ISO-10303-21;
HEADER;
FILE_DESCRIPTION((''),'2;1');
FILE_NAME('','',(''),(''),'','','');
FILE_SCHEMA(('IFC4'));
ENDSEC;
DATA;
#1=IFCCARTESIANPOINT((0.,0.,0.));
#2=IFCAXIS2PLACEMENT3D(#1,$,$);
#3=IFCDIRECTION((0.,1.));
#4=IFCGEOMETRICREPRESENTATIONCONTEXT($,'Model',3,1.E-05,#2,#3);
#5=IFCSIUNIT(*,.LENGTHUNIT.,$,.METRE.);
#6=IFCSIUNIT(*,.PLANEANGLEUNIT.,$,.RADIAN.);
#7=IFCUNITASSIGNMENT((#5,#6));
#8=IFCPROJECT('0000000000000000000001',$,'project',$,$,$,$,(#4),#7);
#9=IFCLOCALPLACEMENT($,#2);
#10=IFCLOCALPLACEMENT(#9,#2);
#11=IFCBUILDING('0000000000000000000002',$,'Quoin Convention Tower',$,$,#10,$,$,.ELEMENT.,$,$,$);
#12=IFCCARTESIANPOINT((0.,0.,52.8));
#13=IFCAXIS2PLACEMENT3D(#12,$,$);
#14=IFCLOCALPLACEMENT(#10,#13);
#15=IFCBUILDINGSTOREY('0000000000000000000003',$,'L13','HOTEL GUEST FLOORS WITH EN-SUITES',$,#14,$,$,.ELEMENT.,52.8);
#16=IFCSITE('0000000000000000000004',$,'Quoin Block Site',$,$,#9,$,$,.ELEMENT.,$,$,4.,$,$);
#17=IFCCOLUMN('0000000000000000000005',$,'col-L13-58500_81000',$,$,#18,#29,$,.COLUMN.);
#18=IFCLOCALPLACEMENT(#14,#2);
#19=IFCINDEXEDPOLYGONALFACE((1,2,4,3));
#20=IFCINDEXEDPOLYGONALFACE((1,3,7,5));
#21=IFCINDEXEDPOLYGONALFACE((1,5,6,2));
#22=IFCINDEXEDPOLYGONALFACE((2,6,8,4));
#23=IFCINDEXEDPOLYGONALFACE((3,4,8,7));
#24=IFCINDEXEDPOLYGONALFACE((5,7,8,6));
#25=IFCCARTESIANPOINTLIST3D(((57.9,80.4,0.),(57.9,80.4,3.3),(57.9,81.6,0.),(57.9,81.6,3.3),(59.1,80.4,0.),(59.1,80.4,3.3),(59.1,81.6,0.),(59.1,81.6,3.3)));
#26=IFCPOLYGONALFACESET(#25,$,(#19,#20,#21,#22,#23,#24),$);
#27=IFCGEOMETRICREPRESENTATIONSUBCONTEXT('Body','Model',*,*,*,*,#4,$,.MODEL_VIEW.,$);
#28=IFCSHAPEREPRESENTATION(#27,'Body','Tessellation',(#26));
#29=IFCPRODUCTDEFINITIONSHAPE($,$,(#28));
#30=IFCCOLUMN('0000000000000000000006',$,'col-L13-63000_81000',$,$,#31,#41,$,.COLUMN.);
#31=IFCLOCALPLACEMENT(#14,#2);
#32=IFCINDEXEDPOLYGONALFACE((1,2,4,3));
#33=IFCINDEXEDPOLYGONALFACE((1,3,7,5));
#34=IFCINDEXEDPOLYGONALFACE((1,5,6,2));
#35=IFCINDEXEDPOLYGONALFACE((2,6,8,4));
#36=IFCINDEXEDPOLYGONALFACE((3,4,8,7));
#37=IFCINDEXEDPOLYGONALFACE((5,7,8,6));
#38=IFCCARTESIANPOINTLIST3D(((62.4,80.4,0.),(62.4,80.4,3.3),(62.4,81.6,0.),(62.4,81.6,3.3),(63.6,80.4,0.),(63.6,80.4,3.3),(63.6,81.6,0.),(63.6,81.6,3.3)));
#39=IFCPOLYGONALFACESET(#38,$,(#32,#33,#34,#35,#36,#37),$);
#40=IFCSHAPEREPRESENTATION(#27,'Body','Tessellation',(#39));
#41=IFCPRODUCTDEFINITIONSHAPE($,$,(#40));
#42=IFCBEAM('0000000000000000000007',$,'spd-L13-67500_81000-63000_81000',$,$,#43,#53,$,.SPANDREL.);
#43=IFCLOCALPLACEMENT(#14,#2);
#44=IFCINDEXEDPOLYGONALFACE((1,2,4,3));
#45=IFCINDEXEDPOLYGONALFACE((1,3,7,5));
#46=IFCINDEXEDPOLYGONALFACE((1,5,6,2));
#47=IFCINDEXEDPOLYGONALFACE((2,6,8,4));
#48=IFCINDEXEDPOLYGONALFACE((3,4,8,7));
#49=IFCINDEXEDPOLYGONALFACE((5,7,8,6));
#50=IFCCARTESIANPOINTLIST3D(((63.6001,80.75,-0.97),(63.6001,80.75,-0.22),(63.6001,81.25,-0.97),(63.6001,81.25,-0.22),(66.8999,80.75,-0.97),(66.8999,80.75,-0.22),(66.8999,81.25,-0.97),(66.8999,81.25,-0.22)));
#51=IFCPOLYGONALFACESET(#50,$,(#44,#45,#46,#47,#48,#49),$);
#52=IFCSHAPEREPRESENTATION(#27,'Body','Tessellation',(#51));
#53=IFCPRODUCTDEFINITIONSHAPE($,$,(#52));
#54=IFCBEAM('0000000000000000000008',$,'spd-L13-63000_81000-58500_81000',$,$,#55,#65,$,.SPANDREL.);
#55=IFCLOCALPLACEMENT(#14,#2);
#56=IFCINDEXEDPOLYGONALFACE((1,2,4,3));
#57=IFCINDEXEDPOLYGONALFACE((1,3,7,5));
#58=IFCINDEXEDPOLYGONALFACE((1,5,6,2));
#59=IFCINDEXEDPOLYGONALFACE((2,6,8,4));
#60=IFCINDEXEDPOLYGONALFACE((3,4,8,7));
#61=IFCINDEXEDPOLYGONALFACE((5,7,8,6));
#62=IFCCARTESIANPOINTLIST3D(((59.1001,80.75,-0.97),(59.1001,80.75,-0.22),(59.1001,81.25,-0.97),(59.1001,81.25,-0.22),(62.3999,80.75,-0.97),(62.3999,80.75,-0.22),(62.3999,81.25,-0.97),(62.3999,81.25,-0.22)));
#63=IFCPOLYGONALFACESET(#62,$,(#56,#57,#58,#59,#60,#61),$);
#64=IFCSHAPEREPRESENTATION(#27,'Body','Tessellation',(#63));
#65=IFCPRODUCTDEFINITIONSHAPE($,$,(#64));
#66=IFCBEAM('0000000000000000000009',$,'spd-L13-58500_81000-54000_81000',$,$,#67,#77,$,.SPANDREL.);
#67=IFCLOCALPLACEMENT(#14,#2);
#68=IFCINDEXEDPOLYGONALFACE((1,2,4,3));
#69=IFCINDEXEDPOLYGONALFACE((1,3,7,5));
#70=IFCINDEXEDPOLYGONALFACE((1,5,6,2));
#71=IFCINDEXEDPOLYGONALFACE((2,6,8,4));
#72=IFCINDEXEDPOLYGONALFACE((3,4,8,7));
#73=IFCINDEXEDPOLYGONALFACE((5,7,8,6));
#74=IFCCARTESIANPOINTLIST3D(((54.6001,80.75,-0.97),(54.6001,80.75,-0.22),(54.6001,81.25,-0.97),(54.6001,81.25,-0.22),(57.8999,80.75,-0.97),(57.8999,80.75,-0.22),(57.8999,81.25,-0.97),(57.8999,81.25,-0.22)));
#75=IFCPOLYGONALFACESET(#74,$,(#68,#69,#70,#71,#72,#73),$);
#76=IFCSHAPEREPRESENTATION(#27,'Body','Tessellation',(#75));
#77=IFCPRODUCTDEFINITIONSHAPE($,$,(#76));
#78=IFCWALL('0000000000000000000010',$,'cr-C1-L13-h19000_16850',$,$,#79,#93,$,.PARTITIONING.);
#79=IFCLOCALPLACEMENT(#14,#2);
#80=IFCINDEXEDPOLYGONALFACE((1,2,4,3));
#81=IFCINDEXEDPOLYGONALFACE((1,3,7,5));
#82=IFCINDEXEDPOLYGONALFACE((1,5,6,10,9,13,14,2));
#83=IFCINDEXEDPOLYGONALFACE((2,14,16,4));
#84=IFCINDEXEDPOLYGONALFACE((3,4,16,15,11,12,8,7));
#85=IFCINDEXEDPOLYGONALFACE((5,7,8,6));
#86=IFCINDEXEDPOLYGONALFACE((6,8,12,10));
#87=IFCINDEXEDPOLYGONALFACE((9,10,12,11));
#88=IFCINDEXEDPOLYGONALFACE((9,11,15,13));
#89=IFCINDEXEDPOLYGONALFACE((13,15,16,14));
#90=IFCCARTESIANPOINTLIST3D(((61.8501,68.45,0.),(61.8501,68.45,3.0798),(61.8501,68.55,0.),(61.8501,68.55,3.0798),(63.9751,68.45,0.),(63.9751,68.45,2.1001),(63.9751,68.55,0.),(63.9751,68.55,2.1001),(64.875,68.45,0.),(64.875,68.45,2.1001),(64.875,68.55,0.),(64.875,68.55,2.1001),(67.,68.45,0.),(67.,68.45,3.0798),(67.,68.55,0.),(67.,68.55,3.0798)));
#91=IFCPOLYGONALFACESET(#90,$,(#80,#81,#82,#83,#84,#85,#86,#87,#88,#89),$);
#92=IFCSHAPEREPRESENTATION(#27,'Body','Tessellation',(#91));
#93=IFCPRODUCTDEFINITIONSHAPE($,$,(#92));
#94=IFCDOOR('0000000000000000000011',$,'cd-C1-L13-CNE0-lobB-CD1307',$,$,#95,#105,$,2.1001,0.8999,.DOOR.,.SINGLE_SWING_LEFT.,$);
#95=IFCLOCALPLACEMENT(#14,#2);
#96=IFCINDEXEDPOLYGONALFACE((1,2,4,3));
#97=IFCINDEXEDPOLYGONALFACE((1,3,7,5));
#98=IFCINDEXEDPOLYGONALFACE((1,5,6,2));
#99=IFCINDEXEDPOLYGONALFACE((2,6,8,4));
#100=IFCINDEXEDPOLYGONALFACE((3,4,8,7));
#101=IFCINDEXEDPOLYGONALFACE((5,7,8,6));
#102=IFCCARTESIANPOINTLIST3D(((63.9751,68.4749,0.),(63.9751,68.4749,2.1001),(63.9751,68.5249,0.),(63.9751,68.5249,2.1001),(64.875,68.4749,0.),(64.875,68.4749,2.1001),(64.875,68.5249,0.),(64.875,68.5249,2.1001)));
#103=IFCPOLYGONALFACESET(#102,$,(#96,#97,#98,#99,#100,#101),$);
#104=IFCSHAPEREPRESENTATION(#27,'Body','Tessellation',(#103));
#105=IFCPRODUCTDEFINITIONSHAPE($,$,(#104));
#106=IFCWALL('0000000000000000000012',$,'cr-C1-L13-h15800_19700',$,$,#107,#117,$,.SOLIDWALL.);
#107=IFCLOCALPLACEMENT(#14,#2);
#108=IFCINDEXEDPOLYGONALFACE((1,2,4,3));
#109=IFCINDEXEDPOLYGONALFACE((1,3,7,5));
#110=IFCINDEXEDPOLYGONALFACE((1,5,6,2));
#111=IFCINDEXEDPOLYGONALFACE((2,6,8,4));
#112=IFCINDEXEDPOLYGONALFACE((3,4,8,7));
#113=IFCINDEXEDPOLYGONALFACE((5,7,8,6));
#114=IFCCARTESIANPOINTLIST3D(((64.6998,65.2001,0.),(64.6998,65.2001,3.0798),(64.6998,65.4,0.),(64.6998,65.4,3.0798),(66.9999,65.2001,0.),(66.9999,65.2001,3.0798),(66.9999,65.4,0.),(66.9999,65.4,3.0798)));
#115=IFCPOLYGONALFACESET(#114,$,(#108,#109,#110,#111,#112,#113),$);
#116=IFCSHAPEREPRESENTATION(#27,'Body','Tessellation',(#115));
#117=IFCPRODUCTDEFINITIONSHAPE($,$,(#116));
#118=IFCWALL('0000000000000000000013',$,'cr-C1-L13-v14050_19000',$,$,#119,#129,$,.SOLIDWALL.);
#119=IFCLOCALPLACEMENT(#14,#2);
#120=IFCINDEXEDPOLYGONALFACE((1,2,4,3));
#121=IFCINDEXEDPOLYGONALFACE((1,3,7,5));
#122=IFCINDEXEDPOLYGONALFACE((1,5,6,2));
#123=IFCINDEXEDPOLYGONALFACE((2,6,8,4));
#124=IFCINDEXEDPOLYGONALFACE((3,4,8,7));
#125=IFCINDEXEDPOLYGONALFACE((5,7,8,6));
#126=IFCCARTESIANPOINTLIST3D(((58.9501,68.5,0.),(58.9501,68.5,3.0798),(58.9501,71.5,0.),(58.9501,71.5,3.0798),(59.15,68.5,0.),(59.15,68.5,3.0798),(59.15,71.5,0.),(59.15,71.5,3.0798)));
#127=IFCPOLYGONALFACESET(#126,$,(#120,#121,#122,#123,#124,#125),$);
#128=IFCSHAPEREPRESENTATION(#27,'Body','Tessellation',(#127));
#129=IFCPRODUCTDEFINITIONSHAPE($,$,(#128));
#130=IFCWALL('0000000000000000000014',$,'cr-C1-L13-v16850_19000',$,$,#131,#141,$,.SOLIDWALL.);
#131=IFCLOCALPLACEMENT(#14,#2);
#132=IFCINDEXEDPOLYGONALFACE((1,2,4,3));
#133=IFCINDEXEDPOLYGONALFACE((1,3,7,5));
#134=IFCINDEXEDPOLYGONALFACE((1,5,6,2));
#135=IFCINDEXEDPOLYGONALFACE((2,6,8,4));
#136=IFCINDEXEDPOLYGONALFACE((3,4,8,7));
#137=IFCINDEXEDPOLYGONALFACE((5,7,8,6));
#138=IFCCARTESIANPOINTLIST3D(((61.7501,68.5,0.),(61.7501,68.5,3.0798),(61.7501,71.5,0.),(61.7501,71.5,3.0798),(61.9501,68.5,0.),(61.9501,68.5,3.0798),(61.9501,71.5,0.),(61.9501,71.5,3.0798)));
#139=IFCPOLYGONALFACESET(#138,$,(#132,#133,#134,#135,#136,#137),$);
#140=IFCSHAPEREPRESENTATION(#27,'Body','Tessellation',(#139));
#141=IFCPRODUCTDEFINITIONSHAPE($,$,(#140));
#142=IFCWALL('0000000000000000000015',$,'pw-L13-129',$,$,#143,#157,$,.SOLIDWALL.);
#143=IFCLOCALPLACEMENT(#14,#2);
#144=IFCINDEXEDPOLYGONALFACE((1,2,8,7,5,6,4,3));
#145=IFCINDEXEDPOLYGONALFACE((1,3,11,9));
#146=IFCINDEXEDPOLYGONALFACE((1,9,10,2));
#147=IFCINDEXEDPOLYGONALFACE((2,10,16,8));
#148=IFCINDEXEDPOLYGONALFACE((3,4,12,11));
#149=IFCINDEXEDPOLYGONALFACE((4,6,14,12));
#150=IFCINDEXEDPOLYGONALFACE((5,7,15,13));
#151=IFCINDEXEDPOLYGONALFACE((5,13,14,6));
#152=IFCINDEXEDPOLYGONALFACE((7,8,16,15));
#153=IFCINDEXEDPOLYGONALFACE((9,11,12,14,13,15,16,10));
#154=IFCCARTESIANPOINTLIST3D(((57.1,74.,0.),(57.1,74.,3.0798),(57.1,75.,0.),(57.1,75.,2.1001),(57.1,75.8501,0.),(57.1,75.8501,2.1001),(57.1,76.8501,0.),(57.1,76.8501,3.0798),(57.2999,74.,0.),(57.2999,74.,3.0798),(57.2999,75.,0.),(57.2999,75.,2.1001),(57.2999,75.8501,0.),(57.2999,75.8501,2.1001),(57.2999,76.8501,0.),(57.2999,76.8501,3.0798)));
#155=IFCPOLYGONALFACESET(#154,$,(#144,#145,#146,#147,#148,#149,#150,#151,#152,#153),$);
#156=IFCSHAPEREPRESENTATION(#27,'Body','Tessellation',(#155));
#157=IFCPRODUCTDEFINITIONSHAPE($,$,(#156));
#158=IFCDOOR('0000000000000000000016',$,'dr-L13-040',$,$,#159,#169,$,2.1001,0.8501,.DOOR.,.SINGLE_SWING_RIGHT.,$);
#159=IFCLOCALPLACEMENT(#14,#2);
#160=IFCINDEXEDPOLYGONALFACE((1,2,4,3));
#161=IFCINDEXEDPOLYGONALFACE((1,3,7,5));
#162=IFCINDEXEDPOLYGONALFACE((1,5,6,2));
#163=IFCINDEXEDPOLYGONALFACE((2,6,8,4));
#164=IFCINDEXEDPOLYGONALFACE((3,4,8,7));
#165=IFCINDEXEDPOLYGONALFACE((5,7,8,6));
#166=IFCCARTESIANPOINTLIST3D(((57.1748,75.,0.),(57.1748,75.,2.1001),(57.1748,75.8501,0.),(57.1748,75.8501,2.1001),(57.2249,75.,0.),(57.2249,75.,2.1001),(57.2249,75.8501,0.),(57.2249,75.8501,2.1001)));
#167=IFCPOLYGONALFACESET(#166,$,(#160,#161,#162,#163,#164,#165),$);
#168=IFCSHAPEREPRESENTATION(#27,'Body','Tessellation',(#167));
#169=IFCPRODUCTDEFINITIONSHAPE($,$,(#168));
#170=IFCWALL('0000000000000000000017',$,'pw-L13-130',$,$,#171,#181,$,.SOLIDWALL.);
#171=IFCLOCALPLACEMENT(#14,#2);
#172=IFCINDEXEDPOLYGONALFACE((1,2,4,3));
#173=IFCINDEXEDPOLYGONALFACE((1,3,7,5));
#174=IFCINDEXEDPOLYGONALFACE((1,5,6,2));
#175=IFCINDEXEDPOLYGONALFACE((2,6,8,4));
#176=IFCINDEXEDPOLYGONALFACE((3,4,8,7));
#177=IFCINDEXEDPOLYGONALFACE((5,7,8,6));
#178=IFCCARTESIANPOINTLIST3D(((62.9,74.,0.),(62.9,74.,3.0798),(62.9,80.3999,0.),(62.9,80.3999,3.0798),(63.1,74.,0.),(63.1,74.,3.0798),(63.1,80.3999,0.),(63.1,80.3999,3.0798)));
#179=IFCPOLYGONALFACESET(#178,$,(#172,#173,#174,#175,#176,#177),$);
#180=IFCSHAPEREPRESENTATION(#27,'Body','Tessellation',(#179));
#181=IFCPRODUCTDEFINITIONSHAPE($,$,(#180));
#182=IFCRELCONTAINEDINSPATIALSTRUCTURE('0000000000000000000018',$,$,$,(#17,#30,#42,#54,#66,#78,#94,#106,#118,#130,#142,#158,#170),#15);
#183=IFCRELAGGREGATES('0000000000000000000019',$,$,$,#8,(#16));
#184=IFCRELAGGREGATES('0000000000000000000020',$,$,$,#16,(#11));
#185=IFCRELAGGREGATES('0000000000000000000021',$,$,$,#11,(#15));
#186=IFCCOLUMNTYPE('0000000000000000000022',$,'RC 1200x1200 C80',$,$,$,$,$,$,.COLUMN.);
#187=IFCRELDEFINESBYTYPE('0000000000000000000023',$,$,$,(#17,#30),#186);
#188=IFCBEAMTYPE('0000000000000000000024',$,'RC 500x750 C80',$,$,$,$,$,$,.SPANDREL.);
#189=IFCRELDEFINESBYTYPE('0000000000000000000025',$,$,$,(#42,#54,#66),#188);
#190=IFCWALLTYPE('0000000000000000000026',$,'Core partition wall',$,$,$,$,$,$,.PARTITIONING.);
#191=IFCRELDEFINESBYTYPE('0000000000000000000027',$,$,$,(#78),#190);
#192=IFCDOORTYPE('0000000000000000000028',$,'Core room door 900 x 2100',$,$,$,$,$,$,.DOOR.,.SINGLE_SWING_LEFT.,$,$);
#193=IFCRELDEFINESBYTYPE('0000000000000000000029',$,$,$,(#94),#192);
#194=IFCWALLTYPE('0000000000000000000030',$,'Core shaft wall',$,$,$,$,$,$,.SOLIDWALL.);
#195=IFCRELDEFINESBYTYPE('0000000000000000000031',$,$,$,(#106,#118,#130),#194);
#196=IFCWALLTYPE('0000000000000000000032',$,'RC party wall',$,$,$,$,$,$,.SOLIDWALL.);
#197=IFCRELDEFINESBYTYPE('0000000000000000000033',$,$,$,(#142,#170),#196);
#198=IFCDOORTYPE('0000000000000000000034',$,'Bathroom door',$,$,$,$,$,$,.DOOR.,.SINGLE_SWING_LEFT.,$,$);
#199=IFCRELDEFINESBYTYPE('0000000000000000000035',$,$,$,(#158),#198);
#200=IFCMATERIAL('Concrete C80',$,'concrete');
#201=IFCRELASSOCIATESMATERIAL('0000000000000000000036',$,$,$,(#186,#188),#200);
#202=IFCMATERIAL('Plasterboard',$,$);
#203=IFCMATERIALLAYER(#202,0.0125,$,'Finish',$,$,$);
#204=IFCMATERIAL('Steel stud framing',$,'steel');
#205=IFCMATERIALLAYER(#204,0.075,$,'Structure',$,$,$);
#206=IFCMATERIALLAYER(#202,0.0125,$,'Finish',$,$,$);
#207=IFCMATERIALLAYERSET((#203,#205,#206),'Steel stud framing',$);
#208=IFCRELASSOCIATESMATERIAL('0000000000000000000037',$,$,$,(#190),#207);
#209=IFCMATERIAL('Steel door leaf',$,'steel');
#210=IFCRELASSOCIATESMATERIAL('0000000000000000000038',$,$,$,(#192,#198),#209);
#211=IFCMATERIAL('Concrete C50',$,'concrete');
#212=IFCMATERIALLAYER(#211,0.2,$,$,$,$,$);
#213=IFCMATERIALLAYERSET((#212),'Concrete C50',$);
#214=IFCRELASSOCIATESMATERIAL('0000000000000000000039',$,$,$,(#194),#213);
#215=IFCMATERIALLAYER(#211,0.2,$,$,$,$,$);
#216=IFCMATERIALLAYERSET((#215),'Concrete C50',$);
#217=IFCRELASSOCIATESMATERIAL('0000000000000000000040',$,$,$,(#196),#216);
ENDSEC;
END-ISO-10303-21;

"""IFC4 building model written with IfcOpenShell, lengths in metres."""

from ifc_helpers import new_model, si_unit, direction, frame, frame_2d, origin, origin_2d, place, context, subcontext, project, spatial, rectangle, extrude, material, layer, layer_set, material_profile, profile_set, type_object, element, fill, save


model = new_model("IFC4")

# Units and contexts
model_context = context("Model", 3, precision=1e-05, world=origin(), true_north=direction((0.0, 1.0)))
body_context = subcontext(model_context, "Body", "Model", "MODEL_VIEW")
ifc_project = project(units=[si_unit("LENGTHUNIT", "METRE"), si_unit("PLANEANGLEUNIT", "RADIAN")], contexts=[model_context])

# Site, building, storey
site_placement = place(None, origin())
site = spatial("IfcSite", under=ifc_project, at=site_placement, Name="Quoin Block Site", CompositionType="ELEMENT", RefElevation=4.0)
building_placement = place(site_placement, origin())
building = spatial("IfcBuilding", under=site, at=building_placement, Name="Quoin Convention Tower", CompositionType="ELEMENT")
storey_placement = place(building_placement, frame((0.0, 0.0, 52.8)))
storey = spatial("IfcBuildingStorey", under=building, at=storey_placement, Name="L13", Description="HOTEL GUEST FLOORS WITH EN-SUITES", CompositionType="ELEMENT", Elevation=52.8)

# Columns
ifc_material_1 = material(Name="Concrete C80", Category="concrete")
ifc_material_profile_1 = material_profile(ifc_material_1, rectangle(XDim=1.2, YDim=1.2, at=origin_2d()), Name="RC 1200x1200")
ifc_profile_set_1 = profile_set([ifc_material_profile_1], Name="Concrete C80")
column_type = type_object("IfcColumnType", Name="RC 1200x1200 C80", PredefinedType="COLUMN", material=ifc_profile_set_1)
for number, where, z_axis, x_axis, name in (
    (1, (58.5, 81.0, 0.0), (0.0, 0.0, 1.0), (1.0, 0.0, 0.0), "col-L13-58500_81000"),
    (2, (63.0, 81.0, 0.0), (0.0, 0.0, 1.0), (1.0, 0.0, 0.0), "col-L13-63000_81000"),
):
    element("IfcColumn", number, at=place(storey_placement, frame(where, z_axis=z_axis, x_axis=x_axis)), inside=storey, type_object=column_type, Name=name, PredefinedType="COLUMN", context=body_context, shape_type="SweptSolid", body=[
        extrude(rectangle(XDim=1.2, YDim=1.2, at=origin_2d()), origin(), (0.0, 0.0, 1.0), 3.3),
    ])

# Beams
ifc_material_profile_2 = material_profile(ifc_material_1, rectangle(XDim=0.5, YDim=0.75, at=origin_2d()), Name="RC 500x750")
ifc_profile_set_2 = profile_set([ifc_material_profile_2], Name="Concrete C80")
beam_type = type_object("IfcBeamType", Name="RC 500x750 C80", PredefinedType="SPANDREL", material=ifc_profile_set_2)
for number, where, z_axis, x_axis, name in (
    (3, (66.8999, 81.0, -0.595), (-1.0, 0.0, 0.0), (0.0, -1.0, 0.0), "spd-L13-67500_81000-63000_81000"),
    (4, (62.3999, 81.0, -0.595), (-1.0, 0.0, 0.0), (0.0, -1.0, 0.0), "spd-L13-63000_81000-58500_81000"),
    (5, (57.8999, 81.0, -0.595), (-1.0, 0.0, 0.0), (0.0, -1.0, 0.0), "spd-L13-58500_81000-54000_81000"),
):
    element("IfcBeam", number, at=place(storey_placement, frame(where, z_axis=z_axis, x_axis=x_axis)), inside=storey, type_object=beam_type, Name=name, PredefinedType="SPANDREL", context=body_context, shape_type="SweptSolid", body=[
        extrude(rectangle(XDim=0.5, YDim=0.75, at=origin_2d()), origin(), (0.0, 0.0, 1.0), 3.2998),
    ])

# Wall, opening, door
ifc_material_2 = material(Name="Plasterboard")
ifc_layer_1 = layer(ifc_material_2, 0.0125, Name="Finish")
ifc_material_3 = material(Name="Steel stud framing", Category="steel")
ifc_layer_2 = layer(ifc_material_3, 0.075, Name="Structure")
ifc_layer_3 = layer(ifc_material_2, 0.0125, Name="Finish")
ifc_layer_set_1 = layer_set([ifc_layer_1, ifc_layer_2, ifc_layer_3], Name="Steel stud framing")
wall_type_1 = type_object("IfcWallType", Name="Core partition wall", PredefinedType="PARTITIONING", material=ifc_layer_set_1)
wall_1_placement = place(storey_placement, frame((61.8501, 68.5, 0.0), z_axis=(0.0, 0.0, 1.0), x_axis=(1.0, 0.0, 0.0)))
wall_1 = element("IfcWall", 6, at=wall_1_placement, inside=storey, type_object=wall_type_1, Name="cr-C1-L13-h19000_16850", PredefinedType="PARTITIONING", context=body_context, shape_type="SweptSolid", body=[
    extrude(rectangle(XDim=5.1499, YDim=0.1001, at=frame_2d((2.575, 0.0))), origin(), (0.0, 0.0, 1.0), 3.0798),
])
opening_1_placement = place(wall_1_placement, frame((2.125, 0.0, 0.0)))
opening_1 = element("IfcOpeningElement", 7, at=opening_1_placement, cuts=wall_1, PredefinedType="OPENING", context=body_context, shape_type="SweptSolid", body=[
    extrude(rectangle(XDim=0.8999, YDim=2.1001, at=frame_2d((0.45, 1.05))), frame((0.0, 0.0601, 0.0), z_axis=(0.0, -1.0, 0.0), x_axis=(1.0, 0.0, 0.0)), (0.0, 0.0, 1.0), 0.1201),
])
ifc_material_4 = material(Name="Steel door leaf", Category="steel")
door_type_1 = type_object("IfcDoorType", Name="Core room door 900 x 2100", OperationType="SINGLE_SWING_LEFT", PredefinedType="DOOR", material=ifc_material_4)
door_1_placement = place(opening_1_placement, origin())
door_1 = element("IfcDoor", 8, at=door_1_placement, inside=storey, type_object=door_type_1, Name="cd-C1-L13-CNE0-lobB-CD1307", OperationType="SINGLE_SWING_LEFT", OverallHeight=2.1001, OverallWidth=0.8999, PredefinedType="DOOR", context=body_context, shape_type="SweptSolid", body=[
    extrude(rectangle(XDim=0.8999, YDim=2.1001, at=frame_2d((0.45, 1.05))), frame((0.0, 0.0249, 0.0), z_axis=(0.0, -1.0, 0.0), x_axis=(1.0, 0.0, 0.0)), (0.0, 0.0, 1.0), 0.05),
])
fill(opening_1, door_1)

# Walls
ifc_material_5 = material(Name="Concrete C50", Category="concrete")
ifc_layer_4 = layer(ifc_material_5, 0.2)
ifc_layer_set_2 = layer_set([ifc_layer_4], Name="Concrete C50")
wall_type_2 = type_object("IfcWallType", Name="Core shaft wall", PredefinedType="SOLIDWALL", material=ifc_layer_set_2)
wall_2_placement = place(storey_placement, frame((64.7, 65.3, 0.0), z_axis=(0.0, 0.0, 1.0), x_axis=(1.0, 0.0, 0.0)))
element("IfcWall", 9, at=wall_2_placement, inside=storey, type_object=wall_type_2, Name="cr-C1-L13-h15800_19700", PredefinedType="SOLIDWALL", context=body_context, shape_type="SweptSolid", body=[
    extrude(rectangle(XDim=2.3, YDim=0.2, at=frame_2d((1.1499, 0.0))), origin(), (0.0, 0.0, 1.0), 3.0798),
])
for number, where, z_axis, x_axis, name in (
    (10, (59.05, 68.5, 0.0), (0.0, 0.0, 1.0), (0.0, 1.0, 0.0), "cr-C1-L13-v14050_19000"),
    (11, (61.8501, 68.5, 0.0), (0.0, 0.0, 1.0), (0.0, 1.0, 0.0), "cr-C1-L13-v16850_19000"),
):
    element("IfcWall", number, at=place(storey_placement, frame(where, z_axis=z_axis, x_axis=x_axis)), inside=storey, type_object=wall_type_2, Name=name, PredefinedType="SOLIDWALL", context=body_context, shape_type="SweptSolid", body=[
        extrude(rectangle(XDim=3.0, YDim=0.2, at=frame_2d((1.5, 0.0))), origin(), (0.0, 0.0, 1.0), 3.0798),
    ])

# Wall, opening, door
ifc_layer_5 = layer(ifc_material_5, 0.2)
ifc_layer_set_3 = layer_set([ifc_layer_5], Name="Concrete C50")
wall_type_3 = type_object("IfcWallType", Name="RC party wall", PredefinedType="SOLIDWALL", material=ifc_layer_set_3)
wall_3_placement = place(storey_placement, frame((57.2, 74.0, 0.0), z_axis=(0.0, 0.0, 1.0), x_axis=(0.0, 1.0, 0.0)))
wall_3 = element("IfcWall", 12, at=wall_3_placement, inside=storey, type_object=wall_type_3, Name="pw-L13-129", PredefinedType="SOLIDWALL", context=body_context, shape_type="SweptSolid", body=[
    extrude(rectangle(XDim=2.8501, YDim=0.2, at=frame_2d((1.425, 0.0))), origin(), (0.0, 0.0, 1.0), 3.0798),
])
opening_2_placement = place(wall_3_placement, frame((1.0, 0.0, 0.0)))
opening_2 = element("IfcOpeningElement", 13, at=opening_2_placement, cuts=wall_3, PredefinedType="OPENING", context=body_context, shape_type="SweptSolid", body=[
    extrude(rectangle(XDim=0.8501, YDim=2.1001, at=frame_2d((0.425, 1.05))), frame((0.0, 0.1099, 0.0), z_axis=(0.0, -1.0, 0.0), x_axis=(1.0, 0.0, 0.0)), (0.0, 0.0, 1.0), 0.22),
])
door_type_2 = type_object("IfcDoorType", Name="Bathroom door", OperationType="SINGLE_SWING_LEFT", PredefinedType="DOOR", material=ifc_material_4)
door_2_placement = place(opening_2_placement, frame((0.8501, 0.0, 0.0), z_axis=(0.0, 0.0, 1.0), x_axis=(-1.0, 0.0, 0.0)))
door_2 = element("IfcDoor", 14, at=door_2_placement, inside=storey, type_object=door_type_2, Name="dr-L13-040", OperationType="SINGLE_SWING_RIGHT", OverallHeight=2.1001, OverallWidth=0.8501, PredefinedType="DOOR", context=body_context, shape_type="SweptSolid", body=[
    extrude(rectangle(XDim=0.8501, YDim=2.1001, at=frame_2d((0.425, 1.05))), frame((0.0, 0.0249, 0.0), z_axis=(0.0, -1.0, 0.0), x_axis=(1.0, 0.0, 0.0)), (0.0, 0.0, 1.0), 0.05),
])
fill(opening_2, door_2)

# Wall
wall_4_placement = place(storey_placement, frame((63.0, 74.0, 0.0), z_axis=(0.0, 0.0, 1.0), x_axis=(0.0, 1.0, 0.0)))
element("IfcWall", 15, at=wall_4_placement, inside=storey, type_object=wall_type_3, Name="pw-L13-130", PredefinedType="SOLIDWALL", context=body_context, shape_type="SweptSolid", body=[
    extrude(rectangle(XDim=6.3999, YDim=0.2, at=frame_2d((3.2, 0.0))), origin(), (0.0, 0.0, 1.0), 3.0798),
])

save(model, "model.ifc")
